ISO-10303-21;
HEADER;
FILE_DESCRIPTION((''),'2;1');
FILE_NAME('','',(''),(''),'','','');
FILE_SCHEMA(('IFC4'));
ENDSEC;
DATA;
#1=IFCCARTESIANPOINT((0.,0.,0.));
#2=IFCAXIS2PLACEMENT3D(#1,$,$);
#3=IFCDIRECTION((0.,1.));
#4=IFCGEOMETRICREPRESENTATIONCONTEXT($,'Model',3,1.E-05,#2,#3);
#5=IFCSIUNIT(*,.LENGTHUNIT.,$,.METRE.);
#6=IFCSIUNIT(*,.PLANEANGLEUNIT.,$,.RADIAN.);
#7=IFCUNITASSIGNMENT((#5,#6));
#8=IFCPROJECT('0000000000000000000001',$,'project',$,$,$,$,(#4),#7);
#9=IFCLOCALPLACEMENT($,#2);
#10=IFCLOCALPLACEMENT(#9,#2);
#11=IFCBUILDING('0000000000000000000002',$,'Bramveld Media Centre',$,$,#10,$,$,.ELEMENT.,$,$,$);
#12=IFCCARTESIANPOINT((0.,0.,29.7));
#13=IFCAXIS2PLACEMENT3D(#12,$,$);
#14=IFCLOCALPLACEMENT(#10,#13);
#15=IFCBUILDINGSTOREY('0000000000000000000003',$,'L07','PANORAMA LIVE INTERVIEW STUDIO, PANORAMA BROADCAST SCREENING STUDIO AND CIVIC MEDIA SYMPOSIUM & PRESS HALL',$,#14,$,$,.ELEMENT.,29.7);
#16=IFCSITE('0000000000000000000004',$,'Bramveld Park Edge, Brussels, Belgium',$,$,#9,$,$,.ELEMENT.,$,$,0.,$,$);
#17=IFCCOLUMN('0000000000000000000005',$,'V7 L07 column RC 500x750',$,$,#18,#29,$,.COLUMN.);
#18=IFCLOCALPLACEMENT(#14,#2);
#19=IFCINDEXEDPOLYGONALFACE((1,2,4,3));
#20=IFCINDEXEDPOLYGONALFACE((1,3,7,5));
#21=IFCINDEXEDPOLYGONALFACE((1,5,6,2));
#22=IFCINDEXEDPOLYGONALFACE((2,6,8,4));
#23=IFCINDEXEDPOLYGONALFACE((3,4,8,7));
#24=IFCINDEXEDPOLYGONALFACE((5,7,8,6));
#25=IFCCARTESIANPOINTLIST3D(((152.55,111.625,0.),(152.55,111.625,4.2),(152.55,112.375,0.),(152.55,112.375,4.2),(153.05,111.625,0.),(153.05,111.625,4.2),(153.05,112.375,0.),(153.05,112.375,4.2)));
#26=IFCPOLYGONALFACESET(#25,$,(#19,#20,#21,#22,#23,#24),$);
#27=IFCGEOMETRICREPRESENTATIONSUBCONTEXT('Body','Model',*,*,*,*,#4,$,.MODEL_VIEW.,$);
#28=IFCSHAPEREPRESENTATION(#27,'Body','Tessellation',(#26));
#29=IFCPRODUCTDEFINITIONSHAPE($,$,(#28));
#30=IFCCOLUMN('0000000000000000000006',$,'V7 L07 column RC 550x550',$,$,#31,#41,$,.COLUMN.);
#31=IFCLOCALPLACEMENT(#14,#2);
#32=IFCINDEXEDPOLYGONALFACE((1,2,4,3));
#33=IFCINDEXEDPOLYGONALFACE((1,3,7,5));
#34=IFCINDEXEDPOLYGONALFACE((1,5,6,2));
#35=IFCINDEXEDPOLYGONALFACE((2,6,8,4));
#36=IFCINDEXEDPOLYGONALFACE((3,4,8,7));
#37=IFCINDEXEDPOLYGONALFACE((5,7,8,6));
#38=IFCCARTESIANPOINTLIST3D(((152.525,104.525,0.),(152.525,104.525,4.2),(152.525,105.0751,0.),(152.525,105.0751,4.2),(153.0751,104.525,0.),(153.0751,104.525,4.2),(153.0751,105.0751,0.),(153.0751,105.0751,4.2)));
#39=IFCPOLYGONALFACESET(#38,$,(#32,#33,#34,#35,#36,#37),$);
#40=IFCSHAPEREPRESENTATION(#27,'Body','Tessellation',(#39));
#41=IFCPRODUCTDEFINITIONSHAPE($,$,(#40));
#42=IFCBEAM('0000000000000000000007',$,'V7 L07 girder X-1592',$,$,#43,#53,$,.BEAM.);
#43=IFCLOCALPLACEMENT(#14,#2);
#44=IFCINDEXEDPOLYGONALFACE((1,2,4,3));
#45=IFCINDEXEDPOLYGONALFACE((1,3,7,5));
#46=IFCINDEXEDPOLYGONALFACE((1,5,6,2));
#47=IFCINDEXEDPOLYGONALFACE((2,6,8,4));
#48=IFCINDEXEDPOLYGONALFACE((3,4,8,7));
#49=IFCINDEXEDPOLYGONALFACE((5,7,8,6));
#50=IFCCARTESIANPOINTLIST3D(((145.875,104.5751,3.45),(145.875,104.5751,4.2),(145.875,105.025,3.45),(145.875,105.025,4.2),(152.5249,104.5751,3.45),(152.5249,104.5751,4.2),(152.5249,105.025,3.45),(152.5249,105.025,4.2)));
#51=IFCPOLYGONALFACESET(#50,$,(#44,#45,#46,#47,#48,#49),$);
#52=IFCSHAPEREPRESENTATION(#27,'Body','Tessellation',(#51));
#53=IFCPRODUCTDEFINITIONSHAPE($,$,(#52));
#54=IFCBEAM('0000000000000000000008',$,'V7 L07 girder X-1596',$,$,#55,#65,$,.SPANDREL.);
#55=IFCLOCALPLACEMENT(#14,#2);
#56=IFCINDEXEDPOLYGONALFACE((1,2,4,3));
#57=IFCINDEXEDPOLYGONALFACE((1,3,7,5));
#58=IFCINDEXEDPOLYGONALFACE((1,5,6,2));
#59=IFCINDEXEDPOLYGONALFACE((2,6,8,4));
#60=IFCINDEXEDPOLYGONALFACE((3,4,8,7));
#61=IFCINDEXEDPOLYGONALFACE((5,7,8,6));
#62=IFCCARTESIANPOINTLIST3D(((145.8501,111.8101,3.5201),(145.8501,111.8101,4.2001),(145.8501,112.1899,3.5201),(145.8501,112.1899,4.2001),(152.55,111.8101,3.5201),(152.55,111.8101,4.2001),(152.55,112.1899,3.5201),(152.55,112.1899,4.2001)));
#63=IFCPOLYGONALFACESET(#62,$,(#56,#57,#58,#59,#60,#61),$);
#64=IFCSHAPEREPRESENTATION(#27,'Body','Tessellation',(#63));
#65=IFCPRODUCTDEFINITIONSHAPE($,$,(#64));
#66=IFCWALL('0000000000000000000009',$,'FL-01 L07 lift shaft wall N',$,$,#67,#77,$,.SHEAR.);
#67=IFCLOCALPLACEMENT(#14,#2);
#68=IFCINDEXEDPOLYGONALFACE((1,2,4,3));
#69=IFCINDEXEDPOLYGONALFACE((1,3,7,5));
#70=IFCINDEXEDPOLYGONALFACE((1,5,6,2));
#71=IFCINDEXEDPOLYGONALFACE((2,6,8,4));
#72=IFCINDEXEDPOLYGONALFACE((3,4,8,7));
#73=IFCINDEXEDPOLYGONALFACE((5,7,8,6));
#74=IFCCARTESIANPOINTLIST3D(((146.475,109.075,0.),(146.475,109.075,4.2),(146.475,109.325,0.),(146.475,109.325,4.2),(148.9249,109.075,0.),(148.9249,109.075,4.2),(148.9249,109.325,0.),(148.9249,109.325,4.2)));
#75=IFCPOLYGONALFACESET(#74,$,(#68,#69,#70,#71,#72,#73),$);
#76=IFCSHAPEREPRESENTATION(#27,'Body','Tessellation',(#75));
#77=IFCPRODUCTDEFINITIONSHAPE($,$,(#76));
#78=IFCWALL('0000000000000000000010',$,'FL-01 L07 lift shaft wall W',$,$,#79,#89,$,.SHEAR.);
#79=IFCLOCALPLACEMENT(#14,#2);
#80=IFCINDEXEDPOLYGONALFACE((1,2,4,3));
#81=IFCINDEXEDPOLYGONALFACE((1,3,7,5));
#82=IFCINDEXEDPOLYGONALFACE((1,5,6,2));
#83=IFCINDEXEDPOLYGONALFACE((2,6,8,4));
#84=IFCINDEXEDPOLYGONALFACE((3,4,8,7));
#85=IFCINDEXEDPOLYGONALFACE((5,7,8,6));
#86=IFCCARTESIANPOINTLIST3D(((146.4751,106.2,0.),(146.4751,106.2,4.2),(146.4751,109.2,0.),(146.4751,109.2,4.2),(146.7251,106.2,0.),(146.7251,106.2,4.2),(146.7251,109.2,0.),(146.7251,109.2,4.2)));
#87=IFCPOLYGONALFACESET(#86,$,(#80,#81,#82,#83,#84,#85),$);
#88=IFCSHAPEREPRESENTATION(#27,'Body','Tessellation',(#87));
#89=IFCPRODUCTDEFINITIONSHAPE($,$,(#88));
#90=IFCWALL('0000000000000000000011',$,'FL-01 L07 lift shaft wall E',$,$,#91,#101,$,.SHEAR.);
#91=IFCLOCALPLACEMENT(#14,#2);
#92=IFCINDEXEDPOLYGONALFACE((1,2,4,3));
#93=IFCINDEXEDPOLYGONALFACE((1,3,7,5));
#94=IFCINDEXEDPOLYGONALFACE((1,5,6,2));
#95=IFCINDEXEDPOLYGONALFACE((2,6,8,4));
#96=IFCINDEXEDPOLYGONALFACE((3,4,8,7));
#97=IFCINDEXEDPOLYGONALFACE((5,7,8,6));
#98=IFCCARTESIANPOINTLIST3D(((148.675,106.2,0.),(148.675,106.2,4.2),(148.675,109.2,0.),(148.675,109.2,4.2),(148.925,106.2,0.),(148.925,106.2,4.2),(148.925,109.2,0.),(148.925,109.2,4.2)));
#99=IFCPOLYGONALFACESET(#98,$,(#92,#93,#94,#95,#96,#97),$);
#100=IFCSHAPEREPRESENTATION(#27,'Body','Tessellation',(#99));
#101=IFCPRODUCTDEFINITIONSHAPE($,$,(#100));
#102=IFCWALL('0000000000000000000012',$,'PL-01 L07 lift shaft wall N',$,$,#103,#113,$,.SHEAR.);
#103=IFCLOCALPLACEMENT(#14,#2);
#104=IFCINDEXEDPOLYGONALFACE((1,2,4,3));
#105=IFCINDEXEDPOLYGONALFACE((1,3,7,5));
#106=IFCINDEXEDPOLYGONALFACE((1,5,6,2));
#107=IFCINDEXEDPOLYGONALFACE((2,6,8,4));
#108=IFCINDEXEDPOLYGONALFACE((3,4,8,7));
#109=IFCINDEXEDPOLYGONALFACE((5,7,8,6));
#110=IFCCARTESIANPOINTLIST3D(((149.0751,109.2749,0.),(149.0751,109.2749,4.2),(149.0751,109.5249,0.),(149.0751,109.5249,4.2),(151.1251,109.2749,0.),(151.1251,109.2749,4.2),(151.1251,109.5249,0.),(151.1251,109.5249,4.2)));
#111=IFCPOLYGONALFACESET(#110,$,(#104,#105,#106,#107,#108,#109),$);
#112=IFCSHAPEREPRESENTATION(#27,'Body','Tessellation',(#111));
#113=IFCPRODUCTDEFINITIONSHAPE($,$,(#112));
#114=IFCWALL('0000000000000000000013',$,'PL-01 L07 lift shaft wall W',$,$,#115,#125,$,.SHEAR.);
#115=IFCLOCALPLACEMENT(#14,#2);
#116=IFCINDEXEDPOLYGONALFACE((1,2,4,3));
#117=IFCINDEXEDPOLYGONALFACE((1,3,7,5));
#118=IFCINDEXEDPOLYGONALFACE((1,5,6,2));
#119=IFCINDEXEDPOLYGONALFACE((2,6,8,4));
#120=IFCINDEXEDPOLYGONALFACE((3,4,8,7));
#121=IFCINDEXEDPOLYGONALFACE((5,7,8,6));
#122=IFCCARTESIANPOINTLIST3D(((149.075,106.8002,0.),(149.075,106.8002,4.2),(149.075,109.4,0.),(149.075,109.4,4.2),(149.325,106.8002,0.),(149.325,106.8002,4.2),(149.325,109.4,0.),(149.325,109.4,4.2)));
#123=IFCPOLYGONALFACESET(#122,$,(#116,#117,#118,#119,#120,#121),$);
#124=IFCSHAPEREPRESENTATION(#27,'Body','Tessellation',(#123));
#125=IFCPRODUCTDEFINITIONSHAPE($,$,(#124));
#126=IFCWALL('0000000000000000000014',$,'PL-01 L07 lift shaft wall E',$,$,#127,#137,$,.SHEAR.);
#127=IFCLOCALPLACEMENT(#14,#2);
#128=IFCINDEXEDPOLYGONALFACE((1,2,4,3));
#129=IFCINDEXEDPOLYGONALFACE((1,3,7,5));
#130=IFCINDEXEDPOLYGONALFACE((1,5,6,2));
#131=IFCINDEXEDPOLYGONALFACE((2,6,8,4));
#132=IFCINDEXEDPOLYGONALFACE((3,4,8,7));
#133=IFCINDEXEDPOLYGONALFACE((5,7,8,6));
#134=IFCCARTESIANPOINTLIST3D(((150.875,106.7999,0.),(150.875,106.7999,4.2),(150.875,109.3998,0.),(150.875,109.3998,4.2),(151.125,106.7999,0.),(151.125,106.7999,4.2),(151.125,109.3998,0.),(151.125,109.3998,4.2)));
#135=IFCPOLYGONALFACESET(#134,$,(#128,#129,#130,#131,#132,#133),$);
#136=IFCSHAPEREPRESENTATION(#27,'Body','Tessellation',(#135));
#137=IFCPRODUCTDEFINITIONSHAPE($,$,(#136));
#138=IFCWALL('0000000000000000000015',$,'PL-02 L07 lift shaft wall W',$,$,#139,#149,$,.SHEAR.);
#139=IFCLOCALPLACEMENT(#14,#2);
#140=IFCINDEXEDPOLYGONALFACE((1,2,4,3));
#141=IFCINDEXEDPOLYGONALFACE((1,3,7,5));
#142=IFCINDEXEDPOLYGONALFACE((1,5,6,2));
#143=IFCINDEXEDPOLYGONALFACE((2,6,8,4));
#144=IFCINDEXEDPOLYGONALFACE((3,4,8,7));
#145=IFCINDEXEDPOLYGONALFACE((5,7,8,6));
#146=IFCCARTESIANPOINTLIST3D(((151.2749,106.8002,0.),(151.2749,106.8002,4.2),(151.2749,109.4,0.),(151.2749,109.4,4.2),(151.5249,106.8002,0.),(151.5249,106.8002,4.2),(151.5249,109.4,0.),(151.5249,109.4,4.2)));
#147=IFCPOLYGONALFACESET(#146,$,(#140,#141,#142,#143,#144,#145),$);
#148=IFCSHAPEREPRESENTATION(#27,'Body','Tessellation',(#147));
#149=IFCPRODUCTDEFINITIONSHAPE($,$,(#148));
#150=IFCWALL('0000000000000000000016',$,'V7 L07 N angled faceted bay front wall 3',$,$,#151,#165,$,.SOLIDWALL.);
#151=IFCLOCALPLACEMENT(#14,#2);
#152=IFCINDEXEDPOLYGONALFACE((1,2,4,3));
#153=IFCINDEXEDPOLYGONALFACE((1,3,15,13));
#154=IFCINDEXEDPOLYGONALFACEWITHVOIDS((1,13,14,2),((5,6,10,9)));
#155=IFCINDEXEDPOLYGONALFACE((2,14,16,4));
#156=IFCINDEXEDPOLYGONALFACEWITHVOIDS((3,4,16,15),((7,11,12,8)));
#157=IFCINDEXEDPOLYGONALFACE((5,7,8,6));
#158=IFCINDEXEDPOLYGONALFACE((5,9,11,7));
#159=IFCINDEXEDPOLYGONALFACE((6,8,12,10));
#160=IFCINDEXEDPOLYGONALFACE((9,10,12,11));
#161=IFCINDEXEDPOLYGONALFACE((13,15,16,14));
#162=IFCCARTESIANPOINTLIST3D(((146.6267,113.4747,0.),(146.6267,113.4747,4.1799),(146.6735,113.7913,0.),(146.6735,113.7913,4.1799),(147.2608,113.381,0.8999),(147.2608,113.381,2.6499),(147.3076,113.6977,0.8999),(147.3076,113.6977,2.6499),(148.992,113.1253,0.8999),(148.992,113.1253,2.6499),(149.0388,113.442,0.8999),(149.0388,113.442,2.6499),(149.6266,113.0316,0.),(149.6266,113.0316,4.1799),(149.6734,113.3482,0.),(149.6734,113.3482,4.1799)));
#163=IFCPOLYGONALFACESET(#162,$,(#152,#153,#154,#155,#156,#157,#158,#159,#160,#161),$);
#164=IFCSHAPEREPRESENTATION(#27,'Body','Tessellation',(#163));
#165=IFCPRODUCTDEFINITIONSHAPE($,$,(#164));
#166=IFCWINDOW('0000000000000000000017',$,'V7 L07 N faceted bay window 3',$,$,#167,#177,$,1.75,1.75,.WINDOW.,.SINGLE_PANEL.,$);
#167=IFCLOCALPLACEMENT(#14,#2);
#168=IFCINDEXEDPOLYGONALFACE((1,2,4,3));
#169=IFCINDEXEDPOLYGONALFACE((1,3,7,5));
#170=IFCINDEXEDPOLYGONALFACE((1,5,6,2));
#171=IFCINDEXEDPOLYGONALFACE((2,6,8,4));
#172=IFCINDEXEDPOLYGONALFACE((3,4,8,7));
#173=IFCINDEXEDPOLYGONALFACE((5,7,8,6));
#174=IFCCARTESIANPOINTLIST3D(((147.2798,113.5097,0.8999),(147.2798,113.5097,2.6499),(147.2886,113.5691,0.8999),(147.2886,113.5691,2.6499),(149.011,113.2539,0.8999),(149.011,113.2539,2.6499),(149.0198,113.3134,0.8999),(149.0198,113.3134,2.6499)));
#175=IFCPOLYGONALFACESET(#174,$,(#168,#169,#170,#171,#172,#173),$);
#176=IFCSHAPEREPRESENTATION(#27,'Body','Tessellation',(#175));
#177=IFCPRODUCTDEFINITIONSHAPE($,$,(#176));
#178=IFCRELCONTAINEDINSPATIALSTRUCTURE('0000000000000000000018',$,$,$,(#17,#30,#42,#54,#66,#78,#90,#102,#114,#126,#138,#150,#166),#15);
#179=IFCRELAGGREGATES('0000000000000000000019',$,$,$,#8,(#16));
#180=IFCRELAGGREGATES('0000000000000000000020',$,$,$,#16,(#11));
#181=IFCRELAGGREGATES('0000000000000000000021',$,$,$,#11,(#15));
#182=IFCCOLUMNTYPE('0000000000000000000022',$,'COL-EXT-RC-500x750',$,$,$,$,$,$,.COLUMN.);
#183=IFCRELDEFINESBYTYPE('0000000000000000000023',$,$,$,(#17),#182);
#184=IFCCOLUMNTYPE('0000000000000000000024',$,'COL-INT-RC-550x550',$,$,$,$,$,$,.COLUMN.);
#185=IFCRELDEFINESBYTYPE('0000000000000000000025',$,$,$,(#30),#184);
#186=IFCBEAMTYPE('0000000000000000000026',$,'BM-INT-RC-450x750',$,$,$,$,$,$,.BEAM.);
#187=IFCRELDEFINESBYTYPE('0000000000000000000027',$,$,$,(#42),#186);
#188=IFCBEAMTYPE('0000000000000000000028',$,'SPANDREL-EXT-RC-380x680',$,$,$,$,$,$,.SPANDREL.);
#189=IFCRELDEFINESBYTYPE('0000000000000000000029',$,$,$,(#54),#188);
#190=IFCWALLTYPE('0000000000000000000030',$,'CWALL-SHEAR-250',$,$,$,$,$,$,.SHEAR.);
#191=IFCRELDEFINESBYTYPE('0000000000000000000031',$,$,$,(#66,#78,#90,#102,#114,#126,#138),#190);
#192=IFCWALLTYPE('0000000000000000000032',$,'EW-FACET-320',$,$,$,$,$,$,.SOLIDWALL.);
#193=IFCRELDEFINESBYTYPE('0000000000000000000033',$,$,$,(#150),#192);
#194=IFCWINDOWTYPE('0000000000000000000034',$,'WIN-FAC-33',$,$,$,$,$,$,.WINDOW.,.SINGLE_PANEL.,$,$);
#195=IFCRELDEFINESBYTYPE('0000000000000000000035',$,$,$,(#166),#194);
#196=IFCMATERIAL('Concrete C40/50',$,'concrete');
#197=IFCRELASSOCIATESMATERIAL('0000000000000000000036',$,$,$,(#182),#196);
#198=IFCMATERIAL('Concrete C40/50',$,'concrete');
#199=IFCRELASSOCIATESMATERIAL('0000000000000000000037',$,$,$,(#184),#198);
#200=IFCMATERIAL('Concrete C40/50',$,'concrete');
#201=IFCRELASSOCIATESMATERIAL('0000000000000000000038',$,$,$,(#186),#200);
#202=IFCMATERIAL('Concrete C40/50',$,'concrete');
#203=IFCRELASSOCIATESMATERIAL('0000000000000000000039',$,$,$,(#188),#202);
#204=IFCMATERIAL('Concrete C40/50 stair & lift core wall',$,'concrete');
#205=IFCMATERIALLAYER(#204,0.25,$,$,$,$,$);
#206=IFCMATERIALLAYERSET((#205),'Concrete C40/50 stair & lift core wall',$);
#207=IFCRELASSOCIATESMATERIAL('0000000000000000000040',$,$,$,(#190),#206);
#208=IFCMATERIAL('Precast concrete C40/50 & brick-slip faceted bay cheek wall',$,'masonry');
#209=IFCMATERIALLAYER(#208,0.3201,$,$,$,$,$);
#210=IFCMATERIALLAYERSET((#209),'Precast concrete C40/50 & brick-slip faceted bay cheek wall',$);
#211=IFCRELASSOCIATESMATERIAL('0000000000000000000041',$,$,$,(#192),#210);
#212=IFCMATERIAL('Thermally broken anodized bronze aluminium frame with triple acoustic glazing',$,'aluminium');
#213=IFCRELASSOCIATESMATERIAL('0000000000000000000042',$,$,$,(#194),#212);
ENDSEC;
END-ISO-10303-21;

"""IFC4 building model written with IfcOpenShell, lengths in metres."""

from ifc_helpers import new_model, si_unit, direction, frame, frame_2d, origin, origin_2d, place, context, subcontext, project, spatial, rectangle, extrude, material, layer, layer_set, material_profile, profile_set, type_object, element, fill, save


model = new_model("IFC4")

# Units and contexts
model_context = context("Model", 3, precision=1e-05, world=origin(), true_north=direction((0.0, 1.0)))
body_context = subcontext(model_context, "Body", "Model", "MODEL_VIEW")
ifc_project = project(units=[si_unit("LENGTHUNIT", "METRE"), si_unit("PLANEANGLEUNIT", "RADIAN")], contexts=[model_context])

# Site, building, storey
site_placement = place(None, origin())
site = spatial("IfcSite", under=ifc_project, at=site_placement, Name="Bramveld Park Edge, Brussels, Belgium", CompositionType="ELEMENT", RefElevation=0.0)
building_placement = place(site_placement, origin())
building = spatial("IfcBuilding", under=site, at=building_placement, Name="Bramveld Media Centre", CompositionType="ELEMENT")
storey_placement = place(building_placement, frame((0.0, 0.0, 29.7)))
storey = spatial("IfcBuildingStorey", under=building, at=storey_placement, Name="L07", Description="PANORAMA LIVE INTERVIEW STUDIO, PANORAMA BROADCAST SCREENING STUDIO AND CIVIC MEDIA SYMPOSIUM & PRESS HALL", CompositionType="ELEMENT", Elevation=29.7)

# Columns
ifc_material_1 = material(Name="Concrete C40/50", Category="concrete")
ifc_material_profile_1 = material_profile(ifc_material_1, rectangle(XDim=0.5, YDim=0.75, at=origin_2d()), Name="RC 500x750")
ifc_profile_set_1 = profile_set([ifc_material_profile_1], Name="Concrete C40/50")
column_type_1 = type_object("IfcColumnType", Name="COL-EXT-RC-500x750", PredefinedType="COLUMN", material=ifc_profile_set_1)
column_1_placement = place(storey_placement, frame((152.8, 112.0, 0.0), z_axis=(0.0, 0.0, 1.0), x_axis=(1.0, 0.0, 0.0)))
element("IfcColumn", 1, at=column_1_placement, inside=storey, type_object=column_type_1, Name="V7 L07 column RC 500x750", PredefinedType="COLUMN", context=body_context, shape_type="SweptSolid", body=[
    extrude(rectangle(XDim=0.5, YDim=0.75, at=origin_2d()), origin(), (0.0, 0.0, 1.0), 4.2),
])
ifc_material_2 = material(Name="Concrete C40/50", Category="concrete")
ifc_material_profile_2 = material_profile(ifc_material_2, rectangle(XDim=0.55, YDim=0.55, at=origin_2d()), Name="RC 550x550")
ifc_profile_set_2 = profile_set([ifc_material_profile_2], Name="Concrete C40/50")
column_type_2 = type_object("IfcColumnType", Name="COL-INT-RC-550x550", PredefinedType="COLUMN", material=ifc_profile_set_2)
column_2_placement = place(storey_placement, frame((152.8, 104.8, 0.0), z_axis=(0.0, 0.0, 1.0), x_axis=(1.0, 0.0, 0.0)))
element("IfcColumn", 2, at=column_2_placement, inside=storey, type_object=column_type_2, Name="V7 L07 column RC 550x550", PredefinedType="COLUMN", context=body_context, shape_type="SweptSolid", body=[
    extrude(rectangle(XDim=0.55, YDim=0.55, at=origin_2d()), origin(), (0.0, 0.0, 1.0), 4.2),
])

# Beams
ifc_material_3 = material(Name="Concrete C40/50", Category="concrete")
ifc_material_profile_3 = material_profile(ifc_material_3, rectangle(XDim=0.45, YDim=0.75, at=origin_2d()), Name="RC 450x750")
ifc_profile_set_3 = profile_set([ifc_material_profile_3], Name="Concrete C40/50")
beam_type_1 = type_object("IfcBeamType", Name="BM-INT-RC-450x750", PredefinedType="BEAM", material=ifc_profile_set_3)
beam_1_placement = place(storey_placement, frame((145.875, 104.8, 3.825), z_axis=(1.0, 0.0, 0.0), x_axis=(0.0, 1.0, 0.0)))
element("IfcBeam", 3, at=beam_1_placement, inside=storey, type_object=beam_type_1, Name="V7 L07 girder X-1592", PredefinedType="BEAM", context=body_context, shape_type="SweptSolid", body=[
    extrude(rectangle(XDim=0.45, YDim=0.75, at=origin_2d()), origin(), (0.0, 0.0, 1.0), 6.6499),
])
ifc_material_4 = material(Name="Concrete C40/50", Category="concrete")
ifc_material_profile_4 = material_profile(ifc_material_4, rectangle(XDim=0.3799, YDim=0.6799, at=origin_2d()), Name="RC 380x680")
ifc_profile_set_4 = profile_set([ifc_material_profile_4], Name="Concrete C40/50")
beam_type_2 = type_object("IfcBeamType", Name="SPANDREL-EXT-RC-380x680", PredefinedType="SPANDREL", material=ifc_profile_set_4)
beam_2_placement = place(storey_placement, frame((145.8501, 112.0, 3.8601), z_axis=(1.0, 0.0, 0.0), x_axis=(0.0, 1.0, 0.0)))
element("IfcBeam", 4, at=beam_2_placement, inside=storey, type_object=beam_type_2, Name="V7 L07 girder X-1596", PredefinedType="SPANDREL", context=body_context, shape_type="SweptSolid", body=[
    extrude(rectangle(XDim=0.3799, YDim=0.6799, at=origin_2d()), origin(), (0.0, 0.0, 1.0), 6.7),
])

# Shared definitions
ifc_material_5 = material(Name="Concrete C40/50 stair & lift core wall", Category="concrete")
ifc_layer_1 = layer(ifc_material_5, 0.25)
ifc_layer_set_1 = layer_set([ifc_layer_1], Name="Concrete C40/50 stair & lift core wall")
wall_type_1 = type_object("IfcWallType", Name="CWALL-SHEAR-250", PredefinedType="SHEAR", material=ifc_layer_set_1)

# Walls
wall_1_placement = place(storey_placement, frame((148.925, 109.2, 0.0), z_axis=(0.0, 0.0, 1.0), x_axis=(-1.0, 0.0, 0.0)))
element("IfcWall", 5, at=wall_1_placement, inside=storey, type_object=wall_type_1, Name="FL-01 L07 lift shaft wall N", PredefinedType="SHEAR", context=body_context, shape_type="SweptSolid", body=[
    extrude(rectangle(XDim=2.45, YDim=0.25, at=frame_2d((1.2251, 0.0))), origin(), (0.0, 0.0, 1.0), 4.2),
])
for number, where, z_axis, x_axis, name in (
    (6, (146.6001, 109.2, 0.0), (0.0, 0.0, 1.0), (0.0, -1.0, 0.0), "FL-01 L07 lift shaft wall W"),
    (7, (148.8, 106.2, 0.0), (0.0, 0.0, 1.0), (0.0, 1.0, 0.0), "FL-01 L07 lift shaft wall E"),
):
    element("IfcWall", number, at=place(storey_placement, frame(where, z_axis=z_axis, x_axis=x_axis)), inside=storey, type_object=wall_type_1, Name=name, PredefinedType="SHEAR", context=body_context, shape_type="SweptSolid", body=[
        extrude(rectangle(XDim=3.0, YDim=0.25, at=frame_2d((1.5, 0.0))), origin(), (0.0, 0.0, 1.0), 4.2),
    ])

# Walls
wall_2_placement = place(storey_placement, frame((151.125, 109.3999, 0.0), z_axis=(0.0, 0.0, 1.0), x_axis=(-1.0, 0.0, 0.0)))
element("IfcWall", 8, at=wall_2_placement, inside=storey, type_object=wall_type_1, Name="PL-01 L07 lift shaft wall N", PredefinedType="SHEAR", context=body_context, shape_type="SweptSolid", body=[
    extrude(rectangle(XDim=2.05, YDim=0.25, at=frame_2d((1.0249, 0.0))), origin(), (0.0, 0.0, 1.0), 4.2),
])
for number, where, z_axis, x_axis, name in (
    (9, (149.2, 109.3999, 0.0), (0.0, 0.0, 1.0), (0.0, -1.0, 0.0), "PL-01 L07 lift shaft wall W"),
    (10, (151.0, 106.8, 0.0), (0.0, 0.0, 1.0), (0.0, 1.0, 0.0), "PL-01 L07 lift shaft wall E"),
):
    element("IfcWall", number, at=place(storey_placement, frame(where, z_axis=z_axis, x_axis=x_axis)), inside=storey, type_object=wall_type_1, Name=name, PredefinedType="SHEAR", context=body_context, shape_type="SweptSolid", body=[
        extrude(rectangle(XDim=2.5999, YDim=0.25, at=frame_2d((1.2998, 0.0))), origin(), (0.0, 0.0, 1.0), 4.2),
    ])

# Wall
wall_3_placement = place(storey_placement, frame((151.3999, 109.3999, 0.0), z_axis=(0.0, 0.0, 1.0), x_axis=(0.0, -1.0, 0.0)))
element("IfcWall", 11, at=wall_3_placement, inside=storey, type_object=wall_type_1, Name="PL-02 L07 lift shaft wall W", PredefinedType="SHEAR", context=body_context, shape_type="SweptSolid", body=[
    extrude(rectangle(XDim=2.5999, YDim=0.25, at=frame_2d((1.2998, 0.0))), origin(), (0.0, 0.0, 1.0), 4.2),
])

# Wall, opening, window
ifc_material_6 = material(Name="Precast concrete C40/50 & brick-slip faceted bay cheek wall", Category="masonry")
ifc_layer_2 = layer(ifc_material_6, 0.3201)
ifc_layer_set_2 = layer_set([ifc_layer_2], Name="Precast concrete C40/50 & brick-slip faceted bay cheek wall")
wall_type_2 = type_object("IfcWallType", Name="EW-FACET-320", PredefinedType="SOLIDWALL", material=ifc_layer_set_2)
wall_4_placement = place(storey_placement, frame((149.6499, 113.1899, 0.0), z_axis=(0.0, 0.0, 1.0), x_axis=(-0.989267, 0.14612, 0.0)))
wall_4 = element("IfcWall", 12, at=wall_4_placement, inside=storey, type_object=wall_type_2, Name="V7 L07 N angled faceted bay front wall 3", PredefinedType="SOLIDWALL", context=body_context, shape_type="SweptSolid", body=[
    extrude(rectangle(XDim=3.0325, YDim=0.3201, at=frame_2d((1.5161, 0.0))), origin(), (0.0, 0.0, 1.0), 4.1799),
])
opening_1_placement = place(wall_4_placement, frame((0.6414, 0.0, 0.8999)))
opening_1 = element("IfcOpeningElement", 13, at=opening_1_placement, cuts=wall_4, PredefinedType="OPENING", context=body_context, shape_type="SweptSolid", body=[
    extrude(rectangle(XDim=1.75, YDim=1.75, at=frame_2d((0.875, 0.875))), frame((0.0, 0.1719, 0.0), z_axis=(0.0, -1.0, 0.0), x_axis=(1.0, 0.0, 0.0)), (0.0, 0.0, 1.0), 0.344),
])
ifc_material_7 = material(Name="Thermally broken anodized bronze aluminium frame with triple acoustic glazing", Category="aluminium")
window_type = type_object("IfcWindowType", Name="WIN-FAC-33", PartitioningType="SINGLE_PANEL", PredefinedType="WINDOW", material=ifc_material_7)
window_placement = place(opening_1_placement, origin())
window = element("IfcWindow", 14, at=window_placement, inside=storey, type_object=window_type, Name="V7 L07 N faceted bay window 3", OverallHeight=1.75, OverallWidth=1.75, PartitioningType="SINGLE_PANEL", PredefinedType="WINDOW", context=body_context, shape_type="SweptSolid", body=[
    extrude(rectangle(XDim=1.75, YDim=1.75, at=frame_2d((0.875, 0.875))), frame((0.0, 0.03, 0.0), z_axis=(0.0, -1.0, 0.0), x_axis=(1.0, 0.0, 0.0)), (0.0, 0.0, 1.0), 0.0601),
])
fill(opening_1, window)

save(model, "model.ifc")
